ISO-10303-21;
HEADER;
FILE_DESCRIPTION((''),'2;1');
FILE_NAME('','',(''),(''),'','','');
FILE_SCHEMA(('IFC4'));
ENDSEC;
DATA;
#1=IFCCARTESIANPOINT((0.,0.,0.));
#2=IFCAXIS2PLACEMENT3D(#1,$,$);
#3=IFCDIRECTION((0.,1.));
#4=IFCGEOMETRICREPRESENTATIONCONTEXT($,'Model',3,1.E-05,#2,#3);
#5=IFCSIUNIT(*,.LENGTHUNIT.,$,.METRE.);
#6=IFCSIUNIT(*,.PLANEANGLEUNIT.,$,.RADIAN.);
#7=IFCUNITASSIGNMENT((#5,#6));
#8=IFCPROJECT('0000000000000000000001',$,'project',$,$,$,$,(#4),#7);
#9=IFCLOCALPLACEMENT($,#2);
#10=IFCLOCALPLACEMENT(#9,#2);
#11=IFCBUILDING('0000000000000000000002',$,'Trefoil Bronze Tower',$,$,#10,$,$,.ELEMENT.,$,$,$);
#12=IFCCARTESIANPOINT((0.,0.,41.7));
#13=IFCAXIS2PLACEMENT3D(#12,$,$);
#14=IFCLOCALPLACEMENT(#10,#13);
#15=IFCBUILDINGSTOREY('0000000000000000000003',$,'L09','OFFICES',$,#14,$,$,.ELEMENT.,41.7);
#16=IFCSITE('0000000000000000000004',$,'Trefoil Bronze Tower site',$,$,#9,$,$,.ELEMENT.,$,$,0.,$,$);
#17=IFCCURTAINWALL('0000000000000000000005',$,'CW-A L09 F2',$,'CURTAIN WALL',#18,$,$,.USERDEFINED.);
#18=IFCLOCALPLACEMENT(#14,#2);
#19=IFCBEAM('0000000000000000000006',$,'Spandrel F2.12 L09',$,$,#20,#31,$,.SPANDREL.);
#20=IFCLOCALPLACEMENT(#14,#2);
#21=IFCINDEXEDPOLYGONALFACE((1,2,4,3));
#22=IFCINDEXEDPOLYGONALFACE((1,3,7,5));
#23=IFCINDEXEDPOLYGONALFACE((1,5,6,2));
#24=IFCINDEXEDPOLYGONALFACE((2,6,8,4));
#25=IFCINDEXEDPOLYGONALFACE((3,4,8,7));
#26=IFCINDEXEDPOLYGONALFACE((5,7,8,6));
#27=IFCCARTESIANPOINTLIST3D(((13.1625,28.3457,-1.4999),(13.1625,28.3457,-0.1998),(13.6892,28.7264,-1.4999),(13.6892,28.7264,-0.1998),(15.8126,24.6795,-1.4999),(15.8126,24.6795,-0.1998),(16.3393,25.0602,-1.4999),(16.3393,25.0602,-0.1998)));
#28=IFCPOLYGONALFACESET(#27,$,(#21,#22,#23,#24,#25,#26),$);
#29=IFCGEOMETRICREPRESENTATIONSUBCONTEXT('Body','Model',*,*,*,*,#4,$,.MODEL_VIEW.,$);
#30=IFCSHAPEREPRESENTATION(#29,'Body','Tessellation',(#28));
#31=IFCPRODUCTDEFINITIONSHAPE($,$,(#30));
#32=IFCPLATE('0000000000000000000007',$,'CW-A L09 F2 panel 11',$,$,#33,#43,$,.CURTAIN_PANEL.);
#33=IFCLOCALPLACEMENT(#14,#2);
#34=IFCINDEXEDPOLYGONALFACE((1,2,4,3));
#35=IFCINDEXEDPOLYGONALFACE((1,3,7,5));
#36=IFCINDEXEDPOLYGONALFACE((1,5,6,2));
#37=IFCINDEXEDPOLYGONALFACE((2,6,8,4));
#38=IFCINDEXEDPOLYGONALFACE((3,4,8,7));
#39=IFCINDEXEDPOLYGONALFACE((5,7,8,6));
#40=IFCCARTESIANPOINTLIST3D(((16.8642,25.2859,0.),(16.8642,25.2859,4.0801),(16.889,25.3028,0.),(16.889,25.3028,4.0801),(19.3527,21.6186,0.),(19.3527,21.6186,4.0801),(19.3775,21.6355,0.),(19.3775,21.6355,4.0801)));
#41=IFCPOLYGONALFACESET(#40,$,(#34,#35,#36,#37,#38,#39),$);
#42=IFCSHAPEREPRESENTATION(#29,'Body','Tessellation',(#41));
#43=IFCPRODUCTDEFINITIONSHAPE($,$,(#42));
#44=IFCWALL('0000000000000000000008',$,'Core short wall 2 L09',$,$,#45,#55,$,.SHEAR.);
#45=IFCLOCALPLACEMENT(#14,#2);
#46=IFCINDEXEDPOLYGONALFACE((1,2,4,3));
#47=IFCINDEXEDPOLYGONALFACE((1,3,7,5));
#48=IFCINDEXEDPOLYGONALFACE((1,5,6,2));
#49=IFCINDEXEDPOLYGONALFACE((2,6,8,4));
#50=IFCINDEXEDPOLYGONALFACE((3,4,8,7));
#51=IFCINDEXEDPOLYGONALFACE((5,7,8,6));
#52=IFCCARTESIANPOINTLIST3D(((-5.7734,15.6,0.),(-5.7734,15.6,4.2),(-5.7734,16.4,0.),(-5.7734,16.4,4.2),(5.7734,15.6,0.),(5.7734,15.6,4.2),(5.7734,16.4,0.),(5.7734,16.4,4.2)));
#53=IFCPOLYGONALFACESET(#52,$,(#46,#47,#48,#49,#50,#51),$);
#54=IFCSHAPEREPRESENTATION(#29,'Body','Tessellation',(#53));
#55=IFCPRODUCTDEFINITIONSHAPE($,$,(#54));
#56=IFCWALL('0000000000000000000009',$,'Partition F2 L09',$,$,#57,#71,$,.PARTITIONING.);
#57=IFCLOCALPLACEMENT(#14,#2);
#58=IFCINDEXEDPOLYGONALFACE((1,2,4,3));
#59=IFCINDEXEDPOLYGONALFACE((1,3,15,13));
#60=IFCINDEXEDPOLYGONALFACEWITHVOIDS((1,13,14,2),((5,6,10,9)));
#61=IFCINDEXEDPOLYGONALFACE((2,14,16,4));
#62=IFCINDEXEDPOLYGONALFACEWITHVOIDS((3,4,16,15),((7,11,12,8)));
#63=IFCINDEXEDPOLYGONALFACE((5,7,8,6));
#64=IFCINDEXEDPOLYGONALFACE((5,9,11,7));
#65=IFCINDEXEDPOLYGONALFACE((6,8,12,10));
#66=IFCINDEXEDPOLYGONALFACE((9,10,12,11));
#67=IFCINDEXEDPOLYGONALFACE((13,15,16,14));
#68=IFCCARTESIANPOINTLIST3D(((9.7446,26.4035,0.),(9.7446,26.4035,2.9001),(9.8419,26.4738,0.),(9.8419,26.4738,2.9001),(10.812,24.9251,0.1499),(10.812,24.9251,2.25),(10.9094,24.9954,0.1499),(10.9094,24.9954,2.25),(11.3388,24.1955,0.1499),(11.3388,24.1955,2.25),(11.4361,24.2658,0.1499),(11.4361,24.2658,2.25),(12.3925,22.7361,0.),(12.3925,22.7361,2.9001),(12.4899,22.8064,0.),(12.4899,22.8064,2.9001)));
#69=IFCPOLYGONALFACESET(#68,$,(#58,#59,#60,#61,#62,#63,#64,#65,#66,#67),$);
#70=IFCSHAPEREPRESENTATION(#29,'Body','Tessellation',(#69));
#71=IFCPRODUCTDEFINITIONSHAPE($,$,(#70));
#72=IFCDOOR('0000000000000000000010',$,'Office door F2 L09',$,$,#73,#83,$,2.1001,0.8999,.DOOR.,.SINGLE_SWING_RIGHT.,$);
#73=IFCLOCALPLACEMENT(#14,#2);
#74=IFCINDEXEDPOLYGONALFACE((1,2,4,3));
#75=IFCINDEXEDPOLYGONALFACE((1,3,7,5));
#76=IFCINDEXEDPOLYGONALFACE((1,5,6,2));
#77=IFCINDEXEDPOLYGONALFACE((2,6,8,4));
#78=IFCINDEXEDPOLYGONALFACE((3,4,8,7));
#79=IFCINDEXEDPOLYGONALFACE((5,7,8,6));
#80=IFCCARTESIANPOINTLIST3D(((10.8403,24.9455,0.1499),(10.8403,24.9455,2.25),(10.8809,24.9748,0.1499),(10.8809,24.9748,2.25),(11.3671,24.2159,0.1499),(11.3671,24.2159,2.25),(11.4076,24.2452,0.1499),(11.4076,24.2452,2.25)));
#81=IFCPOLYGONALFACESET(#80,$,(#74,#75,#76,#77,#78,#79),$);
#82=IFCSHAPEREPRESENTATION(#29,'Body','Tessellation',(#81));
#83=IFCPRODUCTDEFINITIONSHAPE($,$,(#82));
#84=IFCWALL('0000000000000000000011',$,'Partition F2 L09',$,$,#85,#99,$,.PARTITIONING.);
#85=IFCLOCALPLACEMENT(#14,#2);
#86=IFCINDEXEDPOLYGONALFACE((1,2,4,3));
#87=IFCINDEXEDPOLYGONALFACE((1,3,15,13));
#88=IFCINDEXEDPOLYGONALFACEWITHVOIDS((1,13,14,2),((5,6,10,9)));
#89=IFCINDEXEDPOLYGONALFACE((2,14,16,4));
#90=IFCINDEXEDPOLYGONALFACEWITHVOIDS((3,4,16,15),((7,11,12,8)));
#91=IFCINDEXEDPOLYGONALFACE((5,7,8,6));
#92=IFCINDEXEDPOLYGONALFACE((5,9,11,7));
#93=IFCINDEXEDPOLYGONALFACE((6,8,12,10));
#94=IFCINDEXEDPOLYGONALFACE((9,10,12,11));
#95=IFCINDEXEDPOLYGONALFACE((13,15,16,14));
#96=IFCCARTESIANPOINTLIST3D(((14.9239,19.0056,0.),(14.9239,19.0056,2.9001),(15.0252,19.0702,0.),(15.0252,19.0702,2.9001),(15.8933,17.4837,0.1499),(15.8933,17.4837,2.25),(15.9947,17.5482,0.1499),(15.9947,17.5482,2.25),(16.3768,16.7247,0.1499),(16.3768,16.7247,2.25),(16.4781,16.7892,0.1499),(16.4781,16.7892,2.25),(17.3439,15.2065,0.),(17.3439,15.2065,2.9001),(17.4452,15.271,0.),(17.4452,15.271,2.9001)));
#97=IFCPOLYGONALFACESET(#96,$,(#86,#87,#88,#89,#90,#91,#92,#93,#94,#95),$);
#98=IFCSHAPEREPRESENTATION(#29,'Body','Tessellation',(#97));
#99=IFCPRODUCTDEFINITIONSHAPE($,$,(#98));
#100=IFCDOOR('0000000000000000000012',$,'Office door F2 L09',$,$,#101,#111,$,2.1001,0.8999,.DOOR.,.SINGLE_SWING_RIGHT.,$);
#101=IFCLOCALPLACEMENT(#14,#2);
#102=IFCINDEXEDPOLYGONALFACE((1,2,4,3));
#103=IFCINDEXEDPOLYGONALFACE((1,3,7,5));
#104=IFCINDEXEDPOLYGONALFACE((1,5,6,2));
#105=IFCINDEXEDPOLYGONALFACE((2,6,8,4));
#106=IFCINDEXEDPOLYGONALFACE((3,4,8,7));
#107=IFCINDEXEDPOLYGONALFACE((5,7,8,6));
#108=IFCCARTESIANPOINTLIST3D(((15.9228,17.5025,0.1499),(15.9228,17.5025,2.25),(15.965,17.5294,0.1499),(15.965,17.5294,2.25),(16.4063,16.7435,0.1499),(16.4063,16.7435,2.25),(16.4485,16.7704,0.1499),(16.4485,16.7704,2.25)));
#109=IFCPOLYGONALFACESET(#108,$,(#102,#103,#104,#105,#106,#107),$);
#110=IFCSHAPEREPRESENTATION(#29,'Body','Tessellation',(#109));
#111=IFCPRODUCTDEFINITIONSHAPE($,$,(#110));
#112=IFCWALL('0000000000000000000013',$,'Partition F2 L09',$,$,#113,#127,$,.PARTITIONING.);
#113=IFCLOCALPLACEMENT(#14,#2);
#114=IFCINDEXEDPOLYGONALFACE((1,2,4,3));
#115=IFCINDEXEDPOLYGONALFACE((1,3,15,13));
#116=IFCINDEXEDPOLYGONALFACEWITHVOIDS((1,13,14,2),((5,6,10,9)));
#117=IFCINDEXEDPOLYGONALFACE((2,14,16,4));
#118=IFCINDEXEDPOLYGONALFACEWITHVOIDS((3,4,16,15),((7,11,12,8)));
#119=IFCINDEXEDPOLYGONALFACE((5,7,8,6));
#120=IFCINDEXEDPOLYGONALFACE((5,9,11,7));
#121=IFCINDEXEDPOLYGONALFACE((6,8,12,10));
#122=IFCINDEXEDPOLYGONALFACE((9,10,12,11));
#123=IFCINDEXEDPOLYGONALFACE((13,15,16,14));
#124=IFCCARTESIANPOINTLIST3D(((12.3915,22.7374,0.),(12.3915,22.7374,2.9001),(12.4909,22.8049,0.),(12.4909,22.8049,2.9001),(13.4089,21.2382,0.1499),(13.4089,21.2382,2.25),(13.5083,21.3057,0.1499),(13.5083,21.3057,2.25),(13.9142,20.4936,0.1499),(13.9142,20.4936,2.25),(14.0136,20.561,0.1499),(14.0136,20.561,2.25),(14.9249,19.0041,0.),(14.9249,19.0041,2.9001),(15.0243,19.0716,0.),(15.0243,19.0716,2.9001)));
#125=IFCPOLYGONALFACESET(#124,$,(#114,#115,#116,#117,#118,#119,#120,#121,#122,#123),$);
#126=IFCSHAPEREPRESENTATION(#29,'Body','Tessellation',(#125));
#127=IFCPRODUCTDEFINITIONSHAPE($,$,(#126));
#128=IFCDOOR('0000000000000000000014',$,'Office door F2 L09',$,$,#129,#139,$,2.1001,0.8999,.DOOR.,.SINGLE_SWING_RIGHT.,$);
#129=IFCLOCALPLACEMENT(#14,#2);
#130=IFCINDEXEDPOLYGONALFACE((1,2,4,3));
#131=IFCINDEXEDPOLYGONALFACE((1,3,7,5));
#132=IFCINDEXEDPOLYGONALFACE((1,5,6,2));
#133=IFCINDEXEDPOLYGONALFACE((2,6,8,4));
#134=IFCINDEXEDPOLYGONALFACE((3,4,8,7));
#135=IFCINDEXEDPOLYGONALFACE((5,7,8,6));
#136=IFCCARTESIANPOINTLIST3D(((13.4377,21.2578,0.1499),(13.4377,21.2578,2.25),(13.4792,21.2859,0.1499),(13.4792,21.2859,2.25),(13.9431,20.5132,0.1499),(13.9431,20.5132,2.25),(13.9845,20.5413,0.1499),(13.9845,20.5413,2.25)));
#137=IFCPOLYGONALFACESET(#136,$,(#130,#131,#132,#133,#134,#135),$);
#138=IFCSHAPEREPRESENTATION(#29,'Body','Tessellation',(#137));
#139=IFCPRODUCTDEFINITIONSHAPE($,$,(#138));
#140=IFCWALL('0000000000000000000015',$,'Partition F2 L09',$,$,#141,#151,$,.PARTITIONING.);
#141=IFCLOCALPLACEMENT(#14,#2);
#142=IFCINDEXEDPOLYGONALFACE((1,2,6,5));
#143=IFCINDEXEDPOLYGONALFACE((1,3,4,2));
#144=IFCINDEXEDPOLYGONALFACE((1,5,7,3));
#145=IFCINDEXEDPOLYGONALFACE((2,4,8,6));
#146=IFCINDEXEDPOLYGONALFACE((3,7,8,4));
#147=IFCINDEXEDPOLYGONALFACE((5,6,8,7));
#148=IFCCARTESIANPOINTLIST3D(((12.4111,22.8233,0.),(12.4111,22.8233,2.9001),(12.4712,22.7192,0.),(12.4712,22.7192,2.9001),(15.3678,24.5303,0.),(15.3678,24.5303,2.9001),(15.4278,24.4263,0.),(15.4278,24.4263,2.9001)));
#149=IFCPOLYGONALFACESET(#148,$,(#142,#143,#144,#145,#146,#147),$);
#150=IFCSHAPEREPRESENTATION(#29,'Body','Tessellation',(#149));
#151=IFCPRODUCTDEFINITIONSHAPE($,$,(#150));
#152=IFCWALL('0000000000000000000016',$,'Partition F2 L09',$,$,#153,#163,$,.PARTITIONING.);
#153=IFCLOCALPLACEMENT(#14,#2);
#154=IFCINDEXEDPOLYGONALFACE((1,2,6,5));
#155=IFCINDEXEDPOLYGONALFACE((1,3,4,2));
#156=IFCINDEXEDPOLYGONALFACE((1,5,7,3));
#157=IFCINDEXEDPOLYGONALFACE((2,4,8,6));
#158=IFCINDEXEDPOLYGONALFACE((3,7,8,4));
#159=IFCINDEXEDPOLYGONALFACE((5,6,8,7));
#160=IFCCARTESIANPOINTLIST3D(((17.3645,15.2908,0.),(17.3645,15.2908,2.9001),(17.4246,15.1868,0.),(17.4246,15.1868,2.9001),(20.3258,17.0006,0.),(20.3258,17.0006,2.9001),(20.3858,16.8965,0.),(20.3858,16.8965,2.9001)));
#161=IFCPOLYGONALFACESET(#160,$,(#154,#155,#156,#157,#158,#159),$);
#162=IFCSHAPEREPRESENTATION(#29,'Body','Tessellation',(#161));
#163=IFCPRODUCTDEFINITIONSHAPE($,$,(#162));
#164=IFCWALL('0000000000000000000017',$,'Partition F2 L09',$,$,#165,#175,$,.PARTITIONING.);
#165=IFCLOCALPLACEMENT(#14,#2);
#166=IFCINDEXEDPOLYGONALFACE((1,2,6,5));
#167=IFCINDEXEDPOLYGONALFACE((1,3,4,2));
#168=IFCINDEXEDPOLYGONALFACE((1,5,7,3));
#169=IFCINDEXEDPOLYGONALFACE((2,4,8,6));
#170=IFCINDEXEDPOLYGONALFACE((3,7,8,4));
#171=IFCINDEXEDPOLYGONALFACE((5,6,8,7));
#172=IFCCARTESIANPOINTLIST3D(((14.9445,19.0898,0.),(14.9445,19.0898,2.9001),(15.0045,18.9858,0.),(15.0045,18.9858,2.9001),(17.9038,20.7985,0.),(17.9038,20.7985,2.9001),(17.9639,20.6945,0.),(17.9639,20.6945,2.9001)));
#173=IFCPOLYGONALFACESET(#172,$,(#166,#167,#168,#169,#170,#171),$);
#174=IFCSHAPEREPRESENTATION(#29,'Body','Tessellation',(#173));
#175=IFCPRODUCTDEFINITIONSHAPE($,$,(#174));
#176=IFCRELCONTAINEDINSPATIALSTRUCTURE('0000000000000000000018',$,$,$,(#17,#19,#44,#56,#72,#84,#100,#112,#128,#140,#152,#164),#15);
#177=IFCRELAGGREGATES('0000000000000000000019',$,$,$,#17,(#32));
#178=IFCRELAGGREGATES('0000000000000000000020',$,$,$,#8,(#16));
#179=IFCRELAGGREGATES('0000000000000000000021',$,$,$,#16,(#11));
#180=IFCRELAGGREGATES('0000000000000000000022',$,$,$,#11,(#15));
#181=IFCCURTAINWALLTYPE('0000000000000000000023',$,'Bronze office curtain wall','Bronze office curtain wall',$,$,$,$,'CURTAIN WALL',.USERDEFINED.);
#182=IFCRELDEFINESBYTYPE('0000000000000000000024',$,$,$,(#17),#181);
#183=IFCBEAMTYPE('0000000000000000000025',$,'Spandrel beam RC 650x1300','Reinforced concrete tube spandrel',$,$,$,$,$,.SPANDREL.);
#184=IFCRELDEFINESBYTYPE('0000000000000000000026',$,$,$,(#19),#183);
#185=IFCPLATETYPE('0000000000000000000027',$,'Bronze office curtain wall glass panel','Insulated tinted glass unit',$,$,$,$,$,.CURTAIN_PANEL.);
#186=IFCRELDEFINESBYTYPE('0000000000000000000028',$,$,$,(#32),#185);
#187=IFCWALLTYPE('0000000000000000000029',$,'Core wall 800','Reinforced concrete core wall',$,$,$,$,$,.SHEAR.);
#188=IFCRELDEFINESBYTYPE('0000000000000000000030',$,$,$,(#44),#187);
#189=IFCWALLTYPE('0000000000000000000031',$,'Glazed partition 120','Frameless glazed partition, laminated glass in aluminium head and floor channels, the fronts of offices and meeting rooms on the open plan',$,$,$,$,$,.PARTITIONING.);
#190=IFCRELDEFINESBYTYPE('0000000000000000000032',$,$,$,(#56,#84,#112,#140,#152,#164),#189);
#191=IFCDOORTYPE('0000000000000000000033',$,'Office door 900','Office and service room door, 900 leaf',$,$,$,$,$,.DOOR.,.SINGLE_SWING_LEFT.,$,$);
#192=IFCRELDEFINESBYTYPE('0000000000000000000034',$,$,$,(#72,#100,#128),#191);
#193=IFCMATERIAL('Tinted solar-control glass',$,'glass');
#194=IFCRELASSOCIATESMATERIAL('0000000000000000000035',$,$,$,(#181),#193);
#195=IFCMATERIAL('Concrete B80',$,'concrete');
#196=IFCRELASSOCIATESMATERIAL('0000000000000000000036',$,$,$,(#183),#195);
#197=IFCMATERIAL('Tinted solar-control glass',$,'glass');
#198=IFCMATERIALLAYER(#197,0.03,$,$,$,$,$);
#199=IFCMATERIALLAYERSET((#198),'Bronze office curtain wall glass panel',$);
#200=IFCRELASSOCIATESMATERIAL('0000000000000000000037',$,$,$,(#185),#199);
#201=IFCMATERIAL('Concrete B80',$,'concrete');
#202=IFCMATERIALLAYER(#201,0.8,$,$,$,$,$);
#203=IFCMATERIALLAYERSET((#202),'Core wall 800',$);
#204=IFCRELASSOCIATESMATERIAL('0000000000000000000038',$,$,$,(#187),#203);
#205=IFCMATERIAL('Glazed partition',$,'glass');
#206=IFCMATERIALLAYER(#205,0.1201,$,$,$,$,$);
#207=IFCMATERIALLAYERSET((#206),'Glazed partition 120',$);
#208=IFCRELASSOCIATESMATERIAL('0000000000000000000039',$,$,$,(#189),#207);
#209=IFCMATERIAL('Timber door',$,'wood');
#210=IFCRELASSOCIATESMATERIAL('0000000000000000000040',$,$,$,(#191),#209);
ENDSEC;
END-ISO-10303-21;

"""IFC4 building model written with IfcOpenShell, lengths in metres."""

from ifc_helpers import new_model, si_unit, direction, frame, frame_2d, origin, origin_2d, place, context, subcontext, project, spatial, rectangle, extrude, material, layer, layer_set, material_profile, profile_set, type_object, element, fill, aggregate, save


model = new_model("IFC4")

# Units and contexts
model_context = context("Model", 3, precision=1e-05, world=origin(), true_north=direction((0.0, 1.0)))
body_context = subcontext(model_context, "Body", "Model", "MODEL_VIEW")
ifc_project = project(units=[si_unit("LENGTHUNIT", "METRE"), si_unit("PLANEANGLEUNIT", "RADIAN")], contexts=[model_context])

# Site, building, storey
site_placement = place(None, origin())
site = spatial("IfcSite", under=ifc_project, at=site_placement, Name="Trefoil Bronze Tower site", CompositionType="ELEMENT", RefElevation=0.0)
building_placement = place(site_placement, origin())
building = spatial("IfcBuilding", under=site, at=building_placement, Name="Trefoil Bronze Tower", CompositionType="ELEMENT")
storey_placement = place(building_placement, frame((0.0, 0.0, 41.7)))
storey = spatial("IfcBuildingStorey", under=building, at=storey_placement, Name="L09", Description="OFFICES", CompositionType="ELEMENT", Elevation=41.7)

# Curtain wall
ifc_material_1 = material(Name="Tinted solar-control glass", Category="glass")
curtain_wall_type = type_object("IfcCurtainWallType", Name="Bronze office curtain wall", Description="Bronze office curtain wall", ElementType="CURTAIN WALL", PredefinedType="USERDEFINED", material=ifc_material_1)
curtain_wall_placement = place(storey_placement, origin())
curtain_wall = element("IfcCurtainWall", 1, at=curtain_wall_placement, inside=storey, type_object=curtain_wall_type, Name="CW-A L09 F2", ObjectType="CURTAIN WALL", PredefinedType="USERDEFINED")

# Beam
ifc_material_2 = material(Name="Concrete B80", Category="concrete")
ifc_material_profile_1 = material_profile(ifc_material_2, rectangle(XDim=0.6499, YDim=1.3, at=origin_2d()), Name="RC 650x1300")
ifc_profile_set_1 = profile_set([ifc_material_profile_1], Name="Concrete B80")
beam_type_1 = type_object("IfcBeamType", Name="Spandrel beam RC 650x1300", Description="Reinforced concrete tube spandrel", PredefinedType="SPANDREL", material=ifc_profile_set_1)
beam_1_placement = place(storey_placement, frame((16.0759, 24.8699, -0.8499), z_axis=(-0.585824, 0.810439, 0.0), x_axis=(-0.810439, -0.585824, 0.0)))
element("IfcBeam", 2, at=beam_1_placement, inside=storey, type_object=beam_type_1, Name="Spandrel F2.12 L09", PredefinedType="SPANDREL", context=body_context, shape_type="SweptSolid", body=[
    extrude(rectangle(XDim=0.6499, YDim=1.3, at=origin_2d()), origin(), (0.0, 0.0, 1.0), 4.5237),
])

# Plate
ifc_material_3 = material(Name="Tinted solar-control glass", Category="glass")
ifc_layer_1 = layer(ifc_material_3, 0.03)
ifc_layer_set_1 = layer_set([ifc_layer_1], Name="Bronze office curtain wall glass panel")
plate_type = type_object("IfcPlateType", Name="Bronze office curtain wall glass panel", Description="Insulated tinted glass unit", PredefinedType="CURTAIN_PANEL", material=ifc_layer_set_1)
plate_placement = place(storey_placement, frame((18.1208, 23.4607, 0.0), z_axis=(0.0, 0.0, 1.0), x_axis=(-0.56151, 0.82747, 0.0)))
plate = element("IfcPlate", 3, at=plate_placement, type_object=plate_type, Name="CW-A L09 F2 panel 11", PredefinedType="CURTAIN_PANEL", context=body_context, shape_type="SweptSolid", body=[
    extrude(rectangle(XDim=4.4319, YDim=0.03, at=origin_2d()), origin(), (0.0, 0.0, 1.0), 4.0801),
])
aggregate(curtain_wall, [plate])

# Wall
ifc_material_4 = material(Name="Concrete B80", Category="concrete")
ifc_layer_2 = layer(ifc_material_4, 0.8)
ifc_layer_set_2 = layer_set([ifc_layer_2], Name="Core wall 800")
wall_type_1 = type_object("IfcWallType", Name="Core wall 800", Description="Reinforced concrete core wall", PredefinedType="SHEAR", material=ifc_layer_set_2)
wall_1_placement = place(storey_placement, frame((5.7734, 16.0, 0.0), z_axis=(0.0, 0.0, 1.0), x_axis=(-1.0, 0.0, 0.0)))
element("IfcWall", 4, at=wall_1_placement, inside=storey, type_object=wall_type_1, Name="Core short wall 2 L09", PredefinedType="SHEAR", context=body_context, shape_type="SweptSolid", body=[
    extrude(rectangle(XDim=11.5469, YDim=0.8, at=frame_2d((5.7734, 0.0))), origin(), (0.0, 0.0, 1.0), 4.2),
])

# Walls, openings, doors
ifc_material_5 = material(Name="Glazed partition", Category="glass")
ifc_layer_3 = layer(ifc_material_5, 0.1201)
ifc_layer_set_3 = layer_set([ifc_layer_3], Name="Glazed partition 120")
wall_type_2 = type_object("IfcWallType", Name="Glazed partition 120", Description="Frameless glazed partition, laminated glass in aluminium head and floor channels, the fronts of offices and meeting rooms on the open plan", PredefinedType="PARTITIONING", material=ifc_layer_set_3)
wall_2_placement = place(storey_placement, frame((12.4412, 22.7712, 0.0), z_axis=(0.0, 0.0, 1.0), x_axis=(-0.585376, 0.810762, 0.0)))
wall_2 = element("IfcWall", 5, at=wall_2_placement, inside=storey, type_object=wall_type_2, Name="Partition F2 L09", PredefinedType="PARTITIONING", context=body_context, shape_type="SweptSolid", body=[
    extrude(rectangle(XDim=4.5234, YDim=0.1201, at=frame_2d((2.2617, 0.0))), origin(), (0.0, 0.0, 1.0), 2.9001),
])
opening_1_placement = place(wall_2_placement, frame((1.8, 0.0, 0.1499)))
opening_1 = element("IfcOpeningElement", 6, at=opening_1_placement, cuts=wall_2, PredefinedType="OPENING", context=body_context, shape_type="SweptSolid", body=[
    extrude(rectangle(XDim=0.8999, YDim=2.1001, at=frame_2d((0.45, 1.05))), frame((0.0, 0.0701, 0.0), z_axis=(0.0, -1.0, 0.0), x_axis=(1.0, 0.0, 0.0)), (0.0, 0.0, 1.0), 0.1401),
])
ifc_material_6 = material(Name="Timber door", Category="wood")
door_type = type_object("IfcDoorType", Name="Office door 900", Description="Office and service room door, 900 leaf", OperationType="SINGLE_SWING_LEFT", PredefinedType="DOOR", material=ifc_material_6)
door_1_placement = place(opening_1_placement, frame((0.8999, 0.0, 0.0), z_axis=(0.0, 0.0, 1.0), x_axis=(-1.0, 0.0, 0.0)))
door_1 = element("IfcDoor", 7, at=door_1_placement, inside=storey, type_object=door_type, Name="Office door F2 L09", OperationType="SINGLE_SWING_RIGHT", OverallHeight=2.1001, OverallWidth=0.8999, PredefinedType="DOOR", context=body_context, shape_type="SweptSolid", body=[
    extrude(rectangle(XDim=0.8999, YDim=2.1001, at=frame_2d((0.45, 1.05))), frame((0.0, 0.0249, 0.0), z_axis=(0.0, -1.0, 0.0), x_axis=(1.0, 0.0, 0.0)), (0.0, 0.0, 1.0), 0.05),
])
fill(opening_1, door_1)
wall_3_placement = place(storey_placement, frame((17.3945, 15.2388, 0.0), z_axis=(0.0, 0.0, 1.0), x_axis=(-0.537244, 0.843427, 0.0)))
wall_3 = element("IfcWall", 8, at=wall_3_placement, inside=storey, type_object=wall_type_2, Name="Partition F2 L09", PredefinedType="PARTITIONING", context=body_context, shape_type="SweptSolid", body=[
    extrude(rectangle(XDim=4.5044, YDim=0.1201, at=frame_2d((2.2522, 0.0))), origin(), (0.0, 0.0, 1.0), 2.9001),
])
opening_2_placement = place(wall_3_placement, frame((1.8, 0.0, 0.1499)))
opening_2 = element("IfcOpeningElement", 9, at=opening_2_placement, cuts=wall_3, PredefinedType="OPENING", context=body_context, shape_type="SweptSolid", body=[
    extrude(rectangle(XDim=0.8999, YDim=2.1001, at=frame_2d((0.45, 1.05))), frame((0.0, 0.0701, 0.0), z_axis=(0.0, -1.0, 0.0), x_axis=(1.0, 0.0, 0.0)), (0.0, 0.0, 1.0), 0.1401),
])
door_2_placement = place(opening_2_placement, frame((0.8999, 0.0, 0.0), z_axis=(0.0, 0.0, 1.0), x_axis=(-1.0, 0.0, 0.0)))
door_2 = element("IfcDoor", 10, at=door_2_placement, inside=storey, type_object=door_type, Name="Office door F2 L09", OperationType="SINGLE_SWING_RIGHT", OverallHeight=2.1001, OverallWidth=0.8999, PredefinedType="DOOR", context=body_context, shape_type="SweptSolid", body=[
    extrude(rectangle(XDim=0.8999, YDim=2.1001, at=frame_2d((0.45, 1.05))), frame((0.0, 0.0249, 0.0), z_axis=(0.0, -1.0, 0.0), x_axis=(1.0, 0.0, 0.0)), (0.0, 0.0, 1.0), 0.05),
])
fill(opening_2, door_2)
wall_4_placement = place(storey_placement, frame((14.9746, 19.0378, 0.0), z_axis=(0.0, 0.0, 1.0), x_axis=(-0.561512, 0.827469, 0.0)))
wall_4 = element("IfcWall", 11, at=wall_4_placement, inside=storey, type_object=wall_type_2, Name="Partition F2 L09", PredefinedType="PARTITIONING", context=body_context, shape_type="SweptSolid", body=[
    extrude(rectangle(XDim=4.5117, YDim=0.1201, at=frame_2d((2.2559, 0.0))), origin(), (0.0, 0.0, 1.0), 2.9001),
])
opening_3_placement = place(wall_4_placement, frame((1.8, 0.0, 0.1499)))
opening_3 = element("IfcOpeningElement", 12, at=opening_3_placement, cuts=wall_4, PredefinedType="OPENING", context=body_context, shape_type="SweptSolid", body=[
    extrude(rectangle(XDim=0.8999, YDim=2.1001, at=frame_2d((0.45, 1.05))), frame((0.0, 0.0701, 0.0), z_axis=(0.0, -1.0, 0.0), x_axis=(1.0, 0.0, 0.0)), (0.0, 0.0, 1.0), 0.1401),
])
door_3_placement = place(opening_3_placement, frame((0.8999, 0.0, 0.0), z_axis=(0.0, 0.0, 1.0), x_axis=(-1.0, 0.0, 0.0)))
door_3 = element("IfcDoor", 13, at=door_3_placement, inside=storey, type_object=door_type, Name="Office door F2 L09", OperationType="SINGLE_SWING_RIGHT", OverallHeight=2.1001, OverallWidth=0.8999, PredefinedType="DOOR", context=body_context, shape_type="SweptSolid", body=[
    extrude(rectangle(XDim=0.8999, YDim=2.1001, at=frame_2d((0.45, 1.05))), frame((0.0, 0.0249, 0.0), z_axis=(0.0, -1.0, 0.0), x_axis=(1.0, 0.0, 0.0)), (0.0, 0.0, 1.0), 0.05),
])
fill(opening_3, door_3)

# Walls
wall_5_placement = place(storey_placement, frame((12.4412, 22.7712, 0.0), z_axis=(0.0, 0.0, 1.0), x_axis=(0.866016, 0.500015, 0.0)))
element("IfcWall", 14, at=wall_5_placement, inside=storey, type_object=wall_type_2, Name="Partition F2 L09", PredefinedType="PARTITIONING", context=body_context, shape_type="SweptSolid", body=[
    extrude(rectangle(XDim=3.4141, YDim=0.1201, at=frame_2d((1.707, 0.0))), origin(), (0.0, 0.0, 1.0), 2.9001),
])
wall_6_placement = place(storey_placement, frame((17.3945, 15.2388, 0.0), z_axis=(0.0, 0.0, 1.0), x_axis=(0.866016, 0.500017, 0.0)))
element("IfcWall", 15, at=wall_6_placement, inside=storey, type_object=wall_type_2, Name="Partition F2 L09", PredefinedType="PARTITIONING", context=body_context, shape_type="SweptSolid", body=[
    extrude(rectangle(XDim=3.4194, YDim=0.1201, at=frame_2d((1.7097, 0.0))), origin(), (0.0, 0.0, 1.0), 2.9001),
])
wall_7_placement = place(storey_placement, frame((14.9746, 19.0378, 0.0), z_axis=(0.0, 0.0, 1.0), x_axis=(0.866014, 0.500019, 0.0)))
element("IfcWall", 16, at=wall_7_placement, inside=storey, type_object=wall_type_2, Name="Partition F2 L09", PredefinedType="PARTITIONING", context=body_context, shape_type="SweptSolid", body=[
    extrude(rectangle(XDim=3.4172, YDim=0.1201, at=frame_2d((1.7085, 0.0))), origin(), (0.0, 0.0, 1.0), 2.9001),
])

save(model, "model.ifc")
